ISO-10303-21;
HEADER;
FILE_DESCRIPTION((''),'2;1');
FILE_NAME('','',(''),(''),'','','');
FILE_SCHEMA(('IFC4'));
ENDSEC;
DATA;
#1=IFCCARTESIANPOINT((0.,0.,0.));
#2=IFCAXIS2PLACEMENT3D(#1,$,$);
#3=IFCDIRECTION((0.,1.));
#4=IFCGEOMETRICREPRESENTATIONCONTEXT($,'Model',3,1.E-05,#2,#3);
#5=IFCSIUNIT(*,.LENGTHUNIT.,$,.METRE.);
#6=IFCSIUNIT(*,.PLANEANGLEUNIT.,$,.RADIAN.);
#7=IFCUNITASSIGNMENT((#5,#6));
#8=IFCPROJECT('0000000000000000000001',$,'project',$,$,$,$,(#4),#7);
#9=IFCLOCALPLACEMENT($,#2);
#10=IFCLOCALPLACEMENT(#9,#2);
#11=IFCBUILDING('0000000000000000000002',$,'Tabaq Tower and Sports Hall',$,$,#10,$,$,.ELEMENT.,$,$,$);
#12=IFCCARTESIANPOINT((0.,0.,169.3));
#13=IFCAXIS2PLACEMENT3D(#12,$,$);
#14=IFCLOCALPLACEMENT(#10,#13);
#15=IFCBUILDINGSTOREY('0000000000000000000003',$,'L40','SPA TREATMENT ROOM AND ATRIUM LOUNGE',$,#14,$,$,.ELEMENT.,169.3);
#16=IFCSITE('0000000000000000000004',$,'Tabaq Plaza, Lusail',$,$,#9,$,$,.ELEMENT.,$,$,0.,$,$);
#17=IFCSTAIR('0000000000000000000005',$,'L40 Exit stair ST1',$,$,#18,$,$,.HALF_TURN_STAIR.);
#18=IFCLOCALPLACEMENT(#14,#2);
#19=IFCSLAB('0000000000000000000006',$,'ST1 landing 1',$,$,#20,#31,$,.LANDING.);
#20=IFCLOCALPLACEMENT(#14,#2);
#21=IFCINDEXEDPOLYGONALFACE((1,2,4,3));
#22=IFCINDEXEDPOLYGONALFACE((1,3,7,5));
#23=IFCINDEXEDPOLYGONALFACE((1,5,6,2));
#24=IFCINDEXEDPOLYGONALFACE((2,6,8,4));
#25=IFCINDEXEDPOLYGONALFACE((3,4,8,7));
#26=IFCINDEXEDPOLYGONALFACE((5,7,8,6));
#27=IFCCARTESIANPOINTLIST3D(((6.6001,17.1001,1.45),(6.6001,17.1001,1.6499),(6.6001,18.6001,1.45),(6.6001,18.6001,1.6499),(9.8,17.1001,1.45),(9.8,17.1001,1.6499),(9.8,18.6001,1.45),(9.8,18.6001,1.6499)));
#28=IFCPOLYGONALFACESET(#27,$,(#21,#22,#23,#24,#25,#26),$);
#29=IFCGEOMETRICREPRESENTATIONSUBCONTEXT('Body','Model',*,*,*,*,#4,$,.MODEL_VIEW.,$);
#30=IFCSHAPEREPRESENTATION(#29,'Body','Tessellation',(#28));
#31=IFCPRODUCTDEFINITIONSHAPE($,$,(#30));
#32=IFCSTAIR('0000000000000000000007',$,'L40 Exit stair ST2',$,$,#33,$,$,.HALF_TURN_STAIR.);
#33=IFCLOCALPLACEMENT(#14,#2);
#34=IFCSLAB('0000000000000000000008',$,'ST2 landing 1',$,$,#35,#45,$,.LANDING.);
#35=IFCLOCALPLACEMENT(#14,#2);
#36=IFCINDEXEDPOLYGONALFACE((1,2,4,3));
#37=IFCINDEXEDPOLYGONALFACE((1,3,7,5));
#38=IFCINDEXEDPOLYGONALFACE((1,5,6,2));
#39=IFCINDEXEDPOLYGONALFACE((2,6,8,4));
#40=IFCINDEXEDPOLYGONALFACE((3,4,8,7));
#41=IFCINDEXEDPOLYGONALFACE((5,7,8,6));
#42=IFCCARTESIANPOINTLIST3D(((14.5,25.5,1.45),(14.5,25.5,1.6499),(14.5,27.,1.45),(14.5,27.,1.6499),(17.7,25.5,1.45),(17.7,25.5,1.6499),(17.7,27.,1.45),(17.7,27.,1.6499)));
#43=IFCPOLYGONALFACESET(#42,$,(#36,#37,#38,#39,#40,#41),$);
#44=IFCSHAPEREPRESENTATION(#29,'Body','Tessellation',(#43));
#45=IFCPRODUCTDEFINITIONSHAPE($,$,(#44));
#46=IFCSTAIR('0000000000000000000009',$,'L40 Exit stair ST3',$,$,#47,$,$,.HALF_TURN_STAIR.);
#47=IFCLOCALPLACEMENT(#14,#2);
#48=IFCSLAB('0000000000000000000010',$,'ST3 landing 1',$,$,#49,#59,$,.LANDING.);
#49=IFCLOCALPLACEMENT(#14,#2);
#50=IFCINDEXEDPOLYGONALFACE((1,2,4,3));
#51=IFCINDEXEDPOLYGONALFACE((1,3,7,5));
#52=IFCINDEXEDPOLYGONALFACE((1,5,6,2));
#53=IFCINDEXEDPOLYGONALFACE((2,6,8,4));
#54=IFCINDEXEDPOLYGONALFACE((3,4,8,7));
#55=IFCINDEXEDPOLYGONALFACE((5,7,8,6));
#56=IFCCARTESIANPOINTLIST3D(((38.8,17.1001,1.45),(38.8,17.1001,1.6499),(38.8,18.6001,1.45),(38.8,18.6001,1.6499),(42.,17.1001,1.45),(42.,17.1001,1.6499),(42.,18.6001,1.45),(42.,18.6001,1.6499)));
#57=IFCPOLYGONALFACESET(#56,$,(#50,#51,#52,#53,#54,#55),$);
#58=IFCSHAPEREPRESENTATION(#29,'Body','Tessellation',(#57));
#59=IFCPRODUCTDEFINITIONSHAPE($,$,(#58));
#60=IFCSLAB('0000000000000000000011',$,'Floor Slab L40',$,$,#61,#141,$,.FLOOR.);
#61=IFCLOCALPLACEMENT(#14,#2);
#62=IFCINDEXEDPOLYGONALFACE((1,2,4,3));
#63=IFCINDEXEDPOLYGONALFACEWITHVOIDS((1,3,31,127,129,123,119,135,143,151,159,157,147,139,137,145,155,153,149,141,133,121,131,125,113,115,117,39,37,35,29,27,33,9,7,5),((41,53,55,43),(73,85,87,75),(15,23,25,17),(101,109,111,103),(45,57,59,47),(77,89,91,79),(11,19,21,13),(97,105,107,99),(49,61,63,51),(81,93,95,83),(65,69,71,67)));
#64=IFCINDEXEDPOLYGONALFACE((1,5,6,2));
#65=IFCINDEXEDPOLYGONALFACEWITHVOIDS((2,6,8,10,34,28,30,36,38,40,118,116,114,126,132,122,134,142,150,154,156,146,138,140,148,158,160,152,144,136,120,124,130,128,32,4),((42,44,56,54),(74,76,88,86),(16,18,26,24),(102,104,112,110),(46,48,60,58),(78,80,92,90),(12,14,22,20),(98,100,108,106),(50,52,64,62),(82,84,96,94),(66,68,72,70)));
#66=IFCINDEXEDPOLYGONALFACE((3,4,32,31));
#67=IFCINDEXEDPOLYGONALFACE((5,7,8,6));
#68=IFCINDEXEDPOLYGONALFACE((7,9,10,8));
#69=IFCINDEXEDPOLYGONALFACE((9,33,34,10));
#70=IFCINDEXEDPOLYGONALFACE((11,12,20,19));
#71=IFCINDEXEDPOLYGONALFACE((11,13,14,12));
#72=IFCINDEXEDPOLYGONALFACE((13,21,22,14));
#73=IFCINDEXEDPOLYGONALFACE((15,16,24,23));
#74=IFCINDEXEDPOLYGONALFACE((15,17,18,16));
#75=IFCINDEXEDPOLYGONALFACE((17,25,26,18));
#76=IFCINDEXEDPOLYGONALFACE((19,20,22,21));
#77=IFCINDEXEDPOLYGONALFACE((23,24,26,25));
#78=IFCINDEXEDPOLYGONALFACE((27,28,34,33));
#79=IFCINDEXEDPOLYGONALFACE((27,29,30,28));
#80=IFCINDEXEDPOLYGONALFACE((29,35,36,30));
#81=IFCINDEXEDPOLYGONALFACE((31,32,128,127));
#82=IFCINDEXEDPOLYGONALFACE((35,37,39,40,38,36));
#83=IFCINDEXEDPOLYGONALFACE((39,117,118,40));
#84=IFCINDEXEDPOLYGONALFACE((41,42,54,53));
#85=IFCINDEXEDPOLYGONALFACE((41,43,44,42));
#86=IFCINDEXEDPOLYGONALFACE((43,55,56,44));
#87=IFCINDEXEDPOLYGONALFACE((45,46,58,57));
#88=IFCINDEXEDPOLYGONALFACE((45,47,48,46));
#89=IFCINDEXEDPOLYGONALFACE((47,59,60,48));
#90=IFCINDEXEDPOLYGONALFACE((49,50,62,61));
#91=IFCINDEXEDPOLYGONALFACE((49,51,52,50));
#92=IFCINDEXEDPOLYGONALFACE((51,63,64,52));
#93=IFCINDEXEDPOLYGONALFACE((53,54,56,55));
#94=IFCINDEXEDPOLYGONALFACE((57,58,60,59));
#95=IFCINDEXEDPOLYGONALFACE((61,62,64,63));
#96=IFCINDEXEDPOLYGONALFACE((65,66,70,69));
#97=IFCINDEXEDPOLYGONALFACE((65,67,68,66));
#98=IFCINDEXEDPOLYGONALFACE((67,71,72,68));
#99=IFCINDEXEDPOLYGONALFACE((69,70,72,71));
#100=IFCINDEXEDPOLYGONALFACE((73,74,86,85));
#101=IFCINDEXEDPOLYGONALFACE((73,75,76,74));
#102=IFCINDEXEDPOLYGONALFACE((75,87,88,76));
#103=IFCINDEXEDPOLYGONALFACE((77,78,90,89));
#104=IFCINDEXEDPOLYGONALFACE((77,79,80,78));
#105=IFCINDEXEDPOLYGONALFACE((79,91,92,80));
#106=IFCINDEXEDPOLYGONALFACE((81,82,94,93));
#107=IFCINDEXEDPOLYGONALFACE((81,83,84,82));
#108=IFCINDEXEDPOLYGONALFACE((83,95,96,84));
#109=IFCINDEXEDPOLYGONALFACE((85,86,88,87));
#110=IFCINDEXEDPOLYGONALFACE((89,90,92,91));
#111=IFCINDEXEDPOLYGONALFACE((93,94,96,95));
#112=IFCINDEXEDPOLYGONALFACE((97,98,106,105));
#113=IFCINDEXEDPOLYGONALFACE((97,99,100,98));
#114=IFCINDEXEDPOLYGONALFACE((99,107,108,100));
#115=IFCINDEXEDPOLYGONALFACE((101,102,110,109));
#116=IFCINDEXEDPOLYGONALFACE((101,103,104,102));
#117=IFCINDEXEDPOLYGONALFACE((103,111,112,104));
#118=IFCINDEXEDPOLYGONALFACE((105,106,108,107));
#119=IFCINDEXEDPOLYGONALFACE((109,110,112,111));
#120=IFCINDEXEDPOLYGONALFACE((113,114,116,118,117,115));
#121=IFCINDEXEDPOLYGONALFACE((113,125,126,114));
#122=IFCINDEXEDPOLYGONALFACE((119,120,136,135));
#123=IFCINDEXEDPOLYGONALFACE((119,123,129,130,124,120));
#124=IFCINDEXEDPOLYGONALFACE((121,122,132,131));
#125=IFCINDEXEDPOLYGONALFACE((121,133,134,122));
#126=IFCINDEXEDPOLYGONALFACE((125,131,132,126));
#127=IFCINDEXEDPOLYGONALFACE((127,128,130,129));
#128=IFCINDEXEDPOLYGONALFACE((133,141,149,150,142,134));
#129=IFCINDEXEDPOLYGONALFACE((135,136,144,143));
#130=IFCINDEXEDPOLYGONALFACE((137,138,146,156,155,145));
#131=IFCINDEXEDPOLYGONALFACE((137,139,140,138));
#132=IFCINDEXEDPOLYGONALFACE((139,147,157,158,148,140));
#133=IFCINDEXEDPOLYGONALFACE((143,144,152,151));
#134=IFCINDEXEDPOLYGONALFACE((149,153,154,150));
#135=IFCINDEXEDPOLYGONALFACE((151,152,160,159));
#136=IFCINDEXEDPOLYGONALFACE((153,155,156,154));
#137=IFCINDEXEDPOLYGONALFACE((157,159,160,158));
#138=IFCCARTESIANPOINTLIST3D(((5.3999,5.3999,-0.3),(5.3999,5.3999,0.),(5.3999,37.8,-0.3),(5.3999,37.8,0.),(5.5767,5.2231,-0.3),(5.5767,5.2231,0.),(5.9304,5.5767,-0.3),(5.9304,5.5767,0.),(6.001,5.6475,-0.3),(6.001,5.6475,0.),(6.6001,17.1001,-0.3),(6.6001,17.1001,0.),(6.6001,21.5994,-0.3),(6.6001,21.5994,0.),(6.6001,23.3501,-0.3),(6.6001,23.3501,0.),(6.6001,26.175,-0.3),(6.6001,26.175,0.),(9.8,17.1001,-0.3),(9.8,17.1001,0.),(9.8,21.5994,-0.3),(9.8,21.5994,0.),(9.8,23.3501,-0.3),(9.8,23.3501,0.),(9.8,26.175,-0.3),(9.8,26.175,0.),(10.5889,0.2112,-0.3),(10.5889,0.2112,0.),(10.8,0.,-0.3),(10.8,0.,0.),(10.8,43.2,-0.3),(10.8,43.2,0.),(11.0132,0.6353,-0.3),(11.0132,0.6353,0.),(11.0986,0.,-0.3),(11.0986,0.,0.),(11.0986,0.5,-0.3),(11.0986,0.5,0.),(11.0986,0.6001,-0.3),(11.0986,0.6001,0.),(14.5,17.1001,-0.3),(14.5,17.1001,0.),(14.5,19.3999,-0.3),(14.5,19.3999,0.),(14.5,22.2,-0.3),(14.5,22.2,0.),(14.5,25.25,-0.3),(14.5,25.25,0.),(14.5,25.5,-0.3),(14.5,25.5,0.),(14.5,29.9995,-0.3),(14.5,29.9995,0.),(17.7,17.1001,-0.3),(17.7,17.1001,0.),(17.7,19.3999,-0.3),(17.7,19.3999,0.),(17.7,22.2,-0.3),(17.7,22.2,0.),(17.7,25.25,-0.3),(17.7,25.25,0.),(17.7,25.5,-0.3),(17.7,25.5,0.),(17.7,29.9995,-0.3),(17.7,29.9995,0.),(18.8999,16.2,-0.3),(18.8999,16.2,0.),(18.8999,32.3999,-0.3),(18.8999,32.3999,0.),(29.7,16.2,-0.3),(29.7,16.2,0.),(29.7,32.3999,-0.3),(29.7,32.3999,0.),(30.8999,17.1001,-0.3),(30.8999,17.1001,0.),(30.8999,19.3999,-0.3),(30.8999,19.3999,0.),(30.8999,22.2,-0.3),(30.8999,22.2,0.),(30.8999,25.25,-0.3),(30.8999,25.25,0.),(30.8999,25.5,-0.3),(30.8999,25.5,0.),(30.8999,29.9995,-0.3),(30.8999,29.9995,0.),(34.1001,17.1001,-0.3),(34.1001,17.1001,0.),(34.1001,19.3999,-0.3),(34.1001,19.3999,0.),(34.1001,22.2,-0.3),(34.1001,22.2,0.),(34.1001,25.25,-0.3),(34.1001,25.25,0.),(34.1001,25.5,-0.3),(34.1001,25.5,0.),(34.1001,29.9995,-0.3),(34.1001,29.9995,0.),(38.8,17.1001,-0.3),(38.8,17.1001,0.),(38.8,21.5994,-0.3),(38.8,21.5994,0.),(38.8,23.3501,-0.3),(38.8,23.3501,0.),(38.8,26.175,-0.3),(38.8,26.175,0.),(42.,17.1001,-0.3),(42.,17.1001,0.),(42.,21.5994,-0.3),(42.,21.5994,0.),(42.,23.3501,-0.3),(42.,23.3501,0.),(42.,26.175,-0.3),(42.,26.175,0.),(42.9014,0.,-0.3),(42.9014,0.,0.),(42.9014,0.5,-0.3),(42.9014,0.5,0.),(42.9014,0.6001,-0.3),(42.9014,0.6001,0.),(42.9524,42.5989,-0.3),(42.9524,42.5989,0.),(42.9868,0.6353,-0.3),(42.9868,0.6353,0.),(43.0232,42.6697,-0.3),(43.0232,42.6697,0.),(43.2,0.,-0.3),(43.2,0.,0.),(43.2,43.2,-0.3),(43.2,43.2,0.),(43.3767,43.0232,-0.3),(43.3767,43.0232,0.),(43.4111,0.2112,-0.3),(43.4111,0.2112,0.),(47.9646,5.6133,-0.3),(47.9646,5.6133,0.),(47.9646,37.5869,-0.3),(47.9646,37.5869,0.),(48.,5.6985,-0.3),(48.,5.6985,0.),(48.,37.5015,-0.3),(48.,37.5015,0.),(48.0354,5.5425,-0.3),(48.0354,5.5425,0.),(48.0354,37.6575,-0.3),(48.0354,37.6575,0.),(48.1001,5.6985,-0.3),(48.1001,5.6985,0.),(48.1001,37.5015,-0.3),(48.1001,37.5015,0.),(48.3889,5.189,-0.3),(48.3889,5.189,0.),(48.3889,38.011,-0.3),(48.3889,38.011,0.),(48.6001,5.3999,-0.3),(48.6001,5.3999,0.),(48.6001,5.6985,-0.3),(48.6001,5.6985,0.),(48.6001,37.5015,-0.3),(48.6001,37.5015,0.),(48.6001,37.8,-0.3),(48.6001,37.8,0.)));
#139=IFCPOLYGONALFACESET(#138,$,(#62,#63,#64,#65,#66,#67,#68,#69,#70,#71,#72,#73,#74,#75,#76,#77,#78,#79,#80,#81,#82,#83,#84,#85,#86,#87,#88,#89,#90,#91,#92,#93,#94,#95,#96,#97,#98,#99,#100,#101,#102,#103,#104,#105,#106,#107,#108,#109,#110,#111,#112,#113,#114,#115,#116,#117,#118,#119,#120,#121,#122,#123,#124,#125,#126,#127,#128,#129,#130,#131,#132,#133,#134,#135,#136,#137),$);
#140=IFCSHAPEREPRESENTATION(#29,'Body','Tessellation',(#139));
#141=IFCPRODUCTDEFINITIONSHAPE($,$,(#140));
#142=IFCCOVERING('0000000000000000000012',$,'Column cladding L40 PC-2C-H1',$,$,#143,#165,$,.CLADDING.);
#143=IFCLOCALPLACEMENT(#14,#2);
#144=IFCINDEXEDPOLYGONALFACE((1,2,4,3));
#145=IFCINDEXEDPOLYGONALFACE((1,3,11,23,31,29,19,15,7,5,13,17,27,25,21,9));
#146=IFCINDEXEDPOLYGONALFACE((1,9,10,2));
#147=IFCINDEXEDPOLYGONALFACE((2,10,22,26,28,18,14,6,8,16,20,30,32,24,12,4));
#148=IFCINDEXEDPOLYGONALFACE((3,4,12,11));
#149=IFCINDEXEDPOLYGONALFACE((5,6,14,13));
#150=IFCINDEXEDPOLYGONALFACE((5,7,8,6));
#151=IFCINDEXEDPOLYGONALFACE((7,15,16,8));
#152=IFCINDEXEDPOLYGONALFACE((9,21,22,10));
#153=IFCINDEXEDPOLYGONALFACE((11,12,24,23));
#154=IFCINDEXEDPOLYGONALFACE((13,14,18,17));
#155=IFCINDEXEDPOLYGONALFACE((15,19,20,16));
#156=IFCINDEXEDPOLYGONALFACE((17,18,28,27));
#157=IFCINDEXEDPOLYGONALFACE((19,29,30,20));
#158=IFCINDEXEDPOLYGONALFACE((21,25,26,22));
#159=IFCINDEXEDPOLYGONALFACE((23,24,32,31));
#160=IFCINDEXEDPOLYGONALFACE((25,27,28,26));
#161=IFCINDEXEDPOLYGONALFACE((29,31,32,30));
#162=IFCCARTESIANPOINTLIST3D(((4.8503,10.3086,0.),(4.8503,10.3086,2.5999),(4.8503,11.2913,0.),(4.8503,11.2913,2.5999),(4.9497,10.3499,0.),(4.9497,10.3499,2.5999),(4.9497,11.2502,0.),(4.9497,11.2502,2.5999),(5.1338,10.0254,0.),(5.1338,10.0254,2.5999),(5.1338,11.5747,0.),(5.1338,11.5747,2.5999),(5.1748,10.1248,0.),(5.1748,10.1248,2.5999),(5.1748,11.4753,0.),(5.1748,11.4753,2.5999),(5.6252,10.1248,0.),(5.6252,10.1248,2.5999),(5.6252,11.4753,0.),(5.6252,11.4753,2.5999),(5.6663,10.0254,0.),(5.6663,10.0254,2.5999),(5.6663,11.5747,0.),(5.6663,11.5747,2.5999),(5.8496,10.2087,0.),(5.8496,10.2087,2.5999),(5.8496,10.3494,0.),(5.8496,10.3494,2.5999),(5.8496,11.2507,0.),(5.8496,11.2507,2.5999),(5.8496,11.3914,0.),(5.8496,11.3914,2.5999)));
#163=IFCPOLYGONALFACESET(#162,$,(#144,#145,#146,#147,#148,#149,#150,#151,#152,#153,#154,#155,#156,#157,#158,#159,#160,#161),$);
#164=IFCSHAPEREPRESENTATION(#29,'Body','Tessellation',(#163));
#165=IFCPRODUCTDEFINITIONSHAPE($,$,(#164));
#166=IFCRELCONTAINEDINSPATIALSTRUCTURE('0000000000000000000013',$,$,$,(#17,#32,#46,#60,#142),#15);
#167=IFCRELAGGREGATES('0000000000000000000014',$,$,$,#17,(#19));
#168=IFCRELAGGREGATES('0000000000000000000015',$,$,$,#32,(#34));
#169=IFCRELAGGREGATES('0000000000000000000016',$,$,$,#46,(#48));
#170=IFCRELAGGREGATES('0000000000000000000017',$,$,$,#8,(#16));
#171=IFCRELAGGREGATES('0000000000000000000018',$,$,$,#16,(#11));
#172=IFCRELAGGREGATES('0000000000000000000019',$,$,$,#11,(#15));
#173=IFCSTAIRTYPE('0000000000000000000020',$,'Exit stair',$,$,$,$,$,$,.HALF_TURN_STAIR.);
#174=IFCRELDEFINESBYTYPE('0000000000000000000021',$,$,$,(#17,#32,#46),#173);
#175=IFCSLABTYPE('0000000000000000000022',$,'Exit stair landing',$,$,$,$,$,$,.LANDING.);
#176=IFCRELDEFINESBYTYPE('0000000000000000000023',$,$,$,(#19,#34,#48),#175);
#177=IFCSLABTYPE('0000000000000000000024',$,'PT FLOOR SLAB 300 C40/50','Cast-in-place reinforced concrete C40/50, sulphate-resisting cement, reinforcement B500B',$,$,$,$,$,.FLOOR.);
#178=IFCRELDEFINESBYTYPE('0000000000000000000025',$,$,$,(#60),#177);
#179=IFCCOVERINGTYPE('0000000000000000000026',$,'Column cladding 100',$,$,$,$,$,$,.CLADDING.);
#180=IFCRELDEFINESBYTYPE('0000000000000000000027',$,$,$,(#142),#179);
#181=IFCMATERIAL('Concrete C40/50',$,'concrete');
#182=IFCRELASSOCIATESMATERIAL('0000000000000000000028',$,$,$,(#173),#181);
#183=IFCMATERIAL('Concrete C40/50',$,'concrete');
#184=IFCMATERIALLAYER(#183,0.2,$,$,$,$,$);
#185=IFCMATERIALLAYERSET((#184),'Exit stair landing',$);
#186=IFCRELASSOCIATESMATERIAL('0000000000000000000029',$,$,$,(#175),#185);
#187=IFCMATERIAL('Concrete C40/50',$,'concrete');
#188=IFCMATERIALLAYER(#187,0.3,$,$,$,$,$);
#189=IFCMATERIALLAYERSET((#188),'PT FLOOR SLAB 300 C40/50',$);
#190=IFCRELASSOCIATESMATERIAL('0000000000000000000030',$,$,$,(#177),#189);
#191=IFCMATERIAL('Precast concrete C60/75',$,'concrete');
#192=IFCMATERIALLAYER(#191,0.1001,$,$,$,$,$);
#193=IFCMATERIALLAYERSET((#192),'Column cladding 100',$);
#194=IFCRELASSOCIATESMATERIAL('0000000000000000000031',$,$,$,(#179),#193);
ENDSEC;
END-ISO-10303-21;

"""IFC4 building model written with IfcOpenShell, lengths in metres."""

from ifc_helpers import new_model, si_unit, direction, frame, origin, place, context, subcontext, project, spatial, polyline, outline, extrude, material, layer, layer_set, type_object, element, aggregate, save


model = new_model("IFC4")

# Units and contexts
model_context = context("Model", 3, precision=1e-05, world=origin(), true_north=direction((0.0, 1.0)))
body_context = subcontext(model_context, "Body", "Model", "MODEL_VIEW")
ifc_project = project(units=[si_unit("LENGTHUNIT", "METRE"), si_unit("PLANEANGLEUNIT", "RADIAN")], contexts=[model_context])

# Site, building, storey
site_placement = place(None, origin())
site = spatial("IfcSite", under=ifc_project, at=site_placement, Name="Tabaq Plaza, Lusail", CompositionType="ELEMENT", RefElevation=0.0)
building_placement = place(site_placement, origin())
building = spatial("IfcBuilding", under=site, at=building_placement, Name="Tabaq Tower and Sports Hall", CompositionType="ELEMENT")
storey_placement = place(building_placement, frame((0.0, 0.0, 169.3)))
storey = spatial("IfcBuildingStorey", under=building, at=storey_placement, Name="L40", Description="SPA TREATMENT ROOM AND ATRIUM LOUNGE", CompositionType="ELEMENT", Elevation=169.3)

# Stairs, slabs
ifc_material_1 = material(Name="Concrete C40/50", Category="concrete")
stair_type = type_object("IfcStairType", Name="Exit stair", PredefinedType="HALF_TURN_STAIR", material=ifc_material_1)
stair_1_placement = place(storey_placement, origin())
stair_1 = element("IfcStair", 1, at=stair_1_placement, inside=storey, type_object=stair_type, Name="L40 Exit stair ST1", PredefinedType="HALF_TURN_STAIR")
ifc_material_2 = material(Name="Concrete C40/50", Category="concrete")
ifc_layer_1 = layer(ifc_material_2, 0.2)
ifc_layer_set_1 = layer_set([ifc_layer_1], Name="Exit stair landing")
slab_type_1 = type_object("IfcSlabType", Name="Exit stair landing", PredefinedType="LANDING", material=ifc_layer_set_1)
slab_1_placement = place(storey_placement, frame((0.0, 0.0, 1.45)))
slab_1 = element("IfcSlab", 2, at=slab_1_placement, type_object=slab_type_1, Name="ST1 landing 1", PredefinedType="LANDING", context=body_context, shape_type="SweptSolid", body=[
    extrude(outline(polyline([(6.6001, 18.6001), (6.6001, 17.1001), (9.8, 17.1001), (9.8, 18.6001), (6.6001, 18.6001)])), origin(), (0.0, 0.0, 1.0), 0.2),
])
aggregate(stair_1, [slab_1])
stair_2_placement = place(storey_placement, origin())
stair_2 = element("IfcStair", 3, at=stair_2_placement, inside=storey, type_object=stair_type, Name="L40 Exit stair ST2", PredefinedType="HALF_TURN_STAIR")
slab_2_placement = place(storey_placement, frame((0.0, 0.0, 1.45)))
slab_2 = element("IfcSlab", 4, at=slab_2_placement, type_object=slab_type_1, Name="ST2 landing 1", PredefinedType="LANDING", context=body_context, shape_type="SweptSolid", body=[
    extrude(outline(polyline([(14.5, 27.0), (14.5, 25.5), (17.7, 25.5), (17.7, 27.0), (14.5, 27.0)])), origin(), (0.0, 0.0, 1.0), 0.2),
])
aggregate(stair_2, [slab_2])
stair_3_placement = place(storey_placement, origin())
stair_3 = element("IfcStair", 5, at=stair_3_placement, inside=storey, type_object=stair_type, Name="L40 Exit stair ST3", PredefinedType="HALF_TURN_STAIR")
slab_3_placement = place(storey_placement, frame((0.0, 0.0, 1.45)))
slab_3 = element("IfcSlab", 6, at=slab_3_placement, type_object=slab_type_1, Name="ST3 landing 1", PredefinedType="LANDING", context=body_context, shape_type="SweptSolid", body=[
    extrude(outline(polyline([(38.8, 18.6001), (38.8, 17.1001), (42.0, 17.1001), (42.0, 18.6001), (38.8, 18.6001)])), origin(), (0.0, 0.0, 1.0), 0.2),
])
aggregate(stair_3, [slab_3])

# Slab
ifc_material_3 = material(Name="Concrete C40/50", Category="concrete")
ifc_layer_2 = layer(ifc_material_3, 0.3)
ifc_layer_set_2 = layer_set([ifc_layer_2], Name="PT FLOOR SLAB 300 C40/50")
slab_type_2 = type_object("IfcSlabType", Name="PT FLOOR SLAB 300 C40/50", Description="Cast-in-place reinforced concrete C40/50, sulphate-resisting cement, reinforcement B500B", PredefinedType="FLOOR", material=ifc_layer_set_2)
slab_4_placement = place(storey_placement, frame((0.0, 0.0, -0.3)))
element("IfcSlab", 7, at=slab_4_placement, inside=storey, type_object=slab_type_2, Name="Floor Slab L40", PredefinedType="FLOOR", context=body_context, shape_type="SweptSolid", body=[
    extrude(outline(polyline([(5.3999, 37.8), (5.3999, 5.3999), (5.5767, 5.2231), (5.9304, 5.5767), (6.001, 5.6475), (11.0132, 0.6353), (10.5889, 0.2112), (10.8, 0.0), (11.0986, 0.0), (11.0986, 0.5), (11.0986, 0.6001), (42.9014, 0.6001), (42.9014, 0.5), (42.9014, 0.0), (43.2, 0.0), (43.4111, 0.2112), (42.9868, 0.6353), (47.9646, 5.6133), (48.0354, 5.5425), (48.3889, 5.189), (48.6001, 5.3999), (48.6001, 5.6985), (48.1001, 5.6985), (48.0, 5.6985), (48.0, 37.5015), (48.1001, 37.5015), (48.6001, 37.5015), (48.6001, 37.8), (48.3889, 38.011), (48.0354, 37.6575), (47.9646, 37.5869), (42.9524, 42.5989), (43.0232, 42.6697), (43.3767, 43.0232), (43.2, 43.2), (10.8, 43.2), (5.3999, 37.8)]), holes=[polyline([(14.5, 19.3999), (17.7, 19.3999), (17.7, 17.1001), (14.5, 17.1001), (14.5, 19.3999)]), polyline([(6.6001, 21.5994), (9.8, 21.5994), (9.8, 17.1001), (6.6001, 17.1001), (6.6001, 21.5994)]), polyline([(14.5, 25.25), (17.7, 25.25), (17.7, 22.2), (14.5, 22.2), (14.5, 25.25)]), polyline([(18.8999, 32.3999), (29.7, 32.3999), (29.7, 16.2), (18.8999, 16.2), (18.8999, 32.3999)]), polyline([(9.8, 26.175), (9.8, 23.3501), (6.6001, 23.3501), (6.6001, 26.175), (9.8, 26.175)]), polyline([(14.5, 29.9995), (17.7, 29.9995), (17.7, 25.5), (14.5, 25.5), (14.5, 29.9995)]), polyline([(34.1001, 19.3999), (34.1001, 17.1001), (30.8999, 17.1001), (30.8999, 19.3999), (34.1001, 19.3999)]), polyline([(42.0, 21.5994), (42.0, 17.1001), (38.8, 17.1001), (38.8, 21.5994), (42.0, 21.5994)]), polyline([(30.8999, 25.25), (34.1001, 25.25), (34.1001, 22.2), (30.8999, 22.2), (30.8999, 25.25)]), polyline([(42.0, 26.175), (42.0, 23.3501), (38.8, 23.3501), (38.8, 26.175), (42.0, 26.175)]), polyline([(34.1001, 29.9995), (34.1001, 25.5), (30.8999, 25.5), (30.8999, 29.9995), (34.1001, 29.9995)])]), origin(), (0.0, 0.0, 1.0), 0.3),
])

# Covering
ifc_material_4 = material(Name="Precast concrete C60/75", Category="concrete")
ifc_layer_3 = layer(ifc_material_4, 0.1001)
ifc_layer_set_3 = layer_set([ifc_layer_3], Name="Column cladding 100")
covering_type_1 = type_object("IfcCoveringType", Name="Column cladding 100", PredefinedType="CLADDING", material=ifc_layer_set_3)
covering_1_placement = place(storey_placement, origin())
element("IfcCovering", 8, at=covering_1_placement, inside=storey, type_object=covering_type_1, Name="Column cladding L40 PC-2C-H1", PredefinedType="CLADDING", context=body_context, shape_type="SweptSolid", body=[
    extrude(outline(polyline([(5.1338, 10.0254), (4.8503, 10.3086), (4.8503, 11.2913), (5.1338, 11.5747), (5.6663, 11.5747), (5.8496, 11.3914), (5.8496, 11.2507), (5.6252, 11.4753), (5.1748, 11.4753), (4.9497, 11.2502), (4.9497, 10.3499), (5.1748, 10.1248), (5.6252, 10.1248), (5.8496, 10.3494), (5.8496, 10.2087), (5.6663, 10.0254), (5.1338, 10.0254)])), origin(), (0.0, 0.0, 1.0), 2.5999),
])

save(model, "model.ifc")
